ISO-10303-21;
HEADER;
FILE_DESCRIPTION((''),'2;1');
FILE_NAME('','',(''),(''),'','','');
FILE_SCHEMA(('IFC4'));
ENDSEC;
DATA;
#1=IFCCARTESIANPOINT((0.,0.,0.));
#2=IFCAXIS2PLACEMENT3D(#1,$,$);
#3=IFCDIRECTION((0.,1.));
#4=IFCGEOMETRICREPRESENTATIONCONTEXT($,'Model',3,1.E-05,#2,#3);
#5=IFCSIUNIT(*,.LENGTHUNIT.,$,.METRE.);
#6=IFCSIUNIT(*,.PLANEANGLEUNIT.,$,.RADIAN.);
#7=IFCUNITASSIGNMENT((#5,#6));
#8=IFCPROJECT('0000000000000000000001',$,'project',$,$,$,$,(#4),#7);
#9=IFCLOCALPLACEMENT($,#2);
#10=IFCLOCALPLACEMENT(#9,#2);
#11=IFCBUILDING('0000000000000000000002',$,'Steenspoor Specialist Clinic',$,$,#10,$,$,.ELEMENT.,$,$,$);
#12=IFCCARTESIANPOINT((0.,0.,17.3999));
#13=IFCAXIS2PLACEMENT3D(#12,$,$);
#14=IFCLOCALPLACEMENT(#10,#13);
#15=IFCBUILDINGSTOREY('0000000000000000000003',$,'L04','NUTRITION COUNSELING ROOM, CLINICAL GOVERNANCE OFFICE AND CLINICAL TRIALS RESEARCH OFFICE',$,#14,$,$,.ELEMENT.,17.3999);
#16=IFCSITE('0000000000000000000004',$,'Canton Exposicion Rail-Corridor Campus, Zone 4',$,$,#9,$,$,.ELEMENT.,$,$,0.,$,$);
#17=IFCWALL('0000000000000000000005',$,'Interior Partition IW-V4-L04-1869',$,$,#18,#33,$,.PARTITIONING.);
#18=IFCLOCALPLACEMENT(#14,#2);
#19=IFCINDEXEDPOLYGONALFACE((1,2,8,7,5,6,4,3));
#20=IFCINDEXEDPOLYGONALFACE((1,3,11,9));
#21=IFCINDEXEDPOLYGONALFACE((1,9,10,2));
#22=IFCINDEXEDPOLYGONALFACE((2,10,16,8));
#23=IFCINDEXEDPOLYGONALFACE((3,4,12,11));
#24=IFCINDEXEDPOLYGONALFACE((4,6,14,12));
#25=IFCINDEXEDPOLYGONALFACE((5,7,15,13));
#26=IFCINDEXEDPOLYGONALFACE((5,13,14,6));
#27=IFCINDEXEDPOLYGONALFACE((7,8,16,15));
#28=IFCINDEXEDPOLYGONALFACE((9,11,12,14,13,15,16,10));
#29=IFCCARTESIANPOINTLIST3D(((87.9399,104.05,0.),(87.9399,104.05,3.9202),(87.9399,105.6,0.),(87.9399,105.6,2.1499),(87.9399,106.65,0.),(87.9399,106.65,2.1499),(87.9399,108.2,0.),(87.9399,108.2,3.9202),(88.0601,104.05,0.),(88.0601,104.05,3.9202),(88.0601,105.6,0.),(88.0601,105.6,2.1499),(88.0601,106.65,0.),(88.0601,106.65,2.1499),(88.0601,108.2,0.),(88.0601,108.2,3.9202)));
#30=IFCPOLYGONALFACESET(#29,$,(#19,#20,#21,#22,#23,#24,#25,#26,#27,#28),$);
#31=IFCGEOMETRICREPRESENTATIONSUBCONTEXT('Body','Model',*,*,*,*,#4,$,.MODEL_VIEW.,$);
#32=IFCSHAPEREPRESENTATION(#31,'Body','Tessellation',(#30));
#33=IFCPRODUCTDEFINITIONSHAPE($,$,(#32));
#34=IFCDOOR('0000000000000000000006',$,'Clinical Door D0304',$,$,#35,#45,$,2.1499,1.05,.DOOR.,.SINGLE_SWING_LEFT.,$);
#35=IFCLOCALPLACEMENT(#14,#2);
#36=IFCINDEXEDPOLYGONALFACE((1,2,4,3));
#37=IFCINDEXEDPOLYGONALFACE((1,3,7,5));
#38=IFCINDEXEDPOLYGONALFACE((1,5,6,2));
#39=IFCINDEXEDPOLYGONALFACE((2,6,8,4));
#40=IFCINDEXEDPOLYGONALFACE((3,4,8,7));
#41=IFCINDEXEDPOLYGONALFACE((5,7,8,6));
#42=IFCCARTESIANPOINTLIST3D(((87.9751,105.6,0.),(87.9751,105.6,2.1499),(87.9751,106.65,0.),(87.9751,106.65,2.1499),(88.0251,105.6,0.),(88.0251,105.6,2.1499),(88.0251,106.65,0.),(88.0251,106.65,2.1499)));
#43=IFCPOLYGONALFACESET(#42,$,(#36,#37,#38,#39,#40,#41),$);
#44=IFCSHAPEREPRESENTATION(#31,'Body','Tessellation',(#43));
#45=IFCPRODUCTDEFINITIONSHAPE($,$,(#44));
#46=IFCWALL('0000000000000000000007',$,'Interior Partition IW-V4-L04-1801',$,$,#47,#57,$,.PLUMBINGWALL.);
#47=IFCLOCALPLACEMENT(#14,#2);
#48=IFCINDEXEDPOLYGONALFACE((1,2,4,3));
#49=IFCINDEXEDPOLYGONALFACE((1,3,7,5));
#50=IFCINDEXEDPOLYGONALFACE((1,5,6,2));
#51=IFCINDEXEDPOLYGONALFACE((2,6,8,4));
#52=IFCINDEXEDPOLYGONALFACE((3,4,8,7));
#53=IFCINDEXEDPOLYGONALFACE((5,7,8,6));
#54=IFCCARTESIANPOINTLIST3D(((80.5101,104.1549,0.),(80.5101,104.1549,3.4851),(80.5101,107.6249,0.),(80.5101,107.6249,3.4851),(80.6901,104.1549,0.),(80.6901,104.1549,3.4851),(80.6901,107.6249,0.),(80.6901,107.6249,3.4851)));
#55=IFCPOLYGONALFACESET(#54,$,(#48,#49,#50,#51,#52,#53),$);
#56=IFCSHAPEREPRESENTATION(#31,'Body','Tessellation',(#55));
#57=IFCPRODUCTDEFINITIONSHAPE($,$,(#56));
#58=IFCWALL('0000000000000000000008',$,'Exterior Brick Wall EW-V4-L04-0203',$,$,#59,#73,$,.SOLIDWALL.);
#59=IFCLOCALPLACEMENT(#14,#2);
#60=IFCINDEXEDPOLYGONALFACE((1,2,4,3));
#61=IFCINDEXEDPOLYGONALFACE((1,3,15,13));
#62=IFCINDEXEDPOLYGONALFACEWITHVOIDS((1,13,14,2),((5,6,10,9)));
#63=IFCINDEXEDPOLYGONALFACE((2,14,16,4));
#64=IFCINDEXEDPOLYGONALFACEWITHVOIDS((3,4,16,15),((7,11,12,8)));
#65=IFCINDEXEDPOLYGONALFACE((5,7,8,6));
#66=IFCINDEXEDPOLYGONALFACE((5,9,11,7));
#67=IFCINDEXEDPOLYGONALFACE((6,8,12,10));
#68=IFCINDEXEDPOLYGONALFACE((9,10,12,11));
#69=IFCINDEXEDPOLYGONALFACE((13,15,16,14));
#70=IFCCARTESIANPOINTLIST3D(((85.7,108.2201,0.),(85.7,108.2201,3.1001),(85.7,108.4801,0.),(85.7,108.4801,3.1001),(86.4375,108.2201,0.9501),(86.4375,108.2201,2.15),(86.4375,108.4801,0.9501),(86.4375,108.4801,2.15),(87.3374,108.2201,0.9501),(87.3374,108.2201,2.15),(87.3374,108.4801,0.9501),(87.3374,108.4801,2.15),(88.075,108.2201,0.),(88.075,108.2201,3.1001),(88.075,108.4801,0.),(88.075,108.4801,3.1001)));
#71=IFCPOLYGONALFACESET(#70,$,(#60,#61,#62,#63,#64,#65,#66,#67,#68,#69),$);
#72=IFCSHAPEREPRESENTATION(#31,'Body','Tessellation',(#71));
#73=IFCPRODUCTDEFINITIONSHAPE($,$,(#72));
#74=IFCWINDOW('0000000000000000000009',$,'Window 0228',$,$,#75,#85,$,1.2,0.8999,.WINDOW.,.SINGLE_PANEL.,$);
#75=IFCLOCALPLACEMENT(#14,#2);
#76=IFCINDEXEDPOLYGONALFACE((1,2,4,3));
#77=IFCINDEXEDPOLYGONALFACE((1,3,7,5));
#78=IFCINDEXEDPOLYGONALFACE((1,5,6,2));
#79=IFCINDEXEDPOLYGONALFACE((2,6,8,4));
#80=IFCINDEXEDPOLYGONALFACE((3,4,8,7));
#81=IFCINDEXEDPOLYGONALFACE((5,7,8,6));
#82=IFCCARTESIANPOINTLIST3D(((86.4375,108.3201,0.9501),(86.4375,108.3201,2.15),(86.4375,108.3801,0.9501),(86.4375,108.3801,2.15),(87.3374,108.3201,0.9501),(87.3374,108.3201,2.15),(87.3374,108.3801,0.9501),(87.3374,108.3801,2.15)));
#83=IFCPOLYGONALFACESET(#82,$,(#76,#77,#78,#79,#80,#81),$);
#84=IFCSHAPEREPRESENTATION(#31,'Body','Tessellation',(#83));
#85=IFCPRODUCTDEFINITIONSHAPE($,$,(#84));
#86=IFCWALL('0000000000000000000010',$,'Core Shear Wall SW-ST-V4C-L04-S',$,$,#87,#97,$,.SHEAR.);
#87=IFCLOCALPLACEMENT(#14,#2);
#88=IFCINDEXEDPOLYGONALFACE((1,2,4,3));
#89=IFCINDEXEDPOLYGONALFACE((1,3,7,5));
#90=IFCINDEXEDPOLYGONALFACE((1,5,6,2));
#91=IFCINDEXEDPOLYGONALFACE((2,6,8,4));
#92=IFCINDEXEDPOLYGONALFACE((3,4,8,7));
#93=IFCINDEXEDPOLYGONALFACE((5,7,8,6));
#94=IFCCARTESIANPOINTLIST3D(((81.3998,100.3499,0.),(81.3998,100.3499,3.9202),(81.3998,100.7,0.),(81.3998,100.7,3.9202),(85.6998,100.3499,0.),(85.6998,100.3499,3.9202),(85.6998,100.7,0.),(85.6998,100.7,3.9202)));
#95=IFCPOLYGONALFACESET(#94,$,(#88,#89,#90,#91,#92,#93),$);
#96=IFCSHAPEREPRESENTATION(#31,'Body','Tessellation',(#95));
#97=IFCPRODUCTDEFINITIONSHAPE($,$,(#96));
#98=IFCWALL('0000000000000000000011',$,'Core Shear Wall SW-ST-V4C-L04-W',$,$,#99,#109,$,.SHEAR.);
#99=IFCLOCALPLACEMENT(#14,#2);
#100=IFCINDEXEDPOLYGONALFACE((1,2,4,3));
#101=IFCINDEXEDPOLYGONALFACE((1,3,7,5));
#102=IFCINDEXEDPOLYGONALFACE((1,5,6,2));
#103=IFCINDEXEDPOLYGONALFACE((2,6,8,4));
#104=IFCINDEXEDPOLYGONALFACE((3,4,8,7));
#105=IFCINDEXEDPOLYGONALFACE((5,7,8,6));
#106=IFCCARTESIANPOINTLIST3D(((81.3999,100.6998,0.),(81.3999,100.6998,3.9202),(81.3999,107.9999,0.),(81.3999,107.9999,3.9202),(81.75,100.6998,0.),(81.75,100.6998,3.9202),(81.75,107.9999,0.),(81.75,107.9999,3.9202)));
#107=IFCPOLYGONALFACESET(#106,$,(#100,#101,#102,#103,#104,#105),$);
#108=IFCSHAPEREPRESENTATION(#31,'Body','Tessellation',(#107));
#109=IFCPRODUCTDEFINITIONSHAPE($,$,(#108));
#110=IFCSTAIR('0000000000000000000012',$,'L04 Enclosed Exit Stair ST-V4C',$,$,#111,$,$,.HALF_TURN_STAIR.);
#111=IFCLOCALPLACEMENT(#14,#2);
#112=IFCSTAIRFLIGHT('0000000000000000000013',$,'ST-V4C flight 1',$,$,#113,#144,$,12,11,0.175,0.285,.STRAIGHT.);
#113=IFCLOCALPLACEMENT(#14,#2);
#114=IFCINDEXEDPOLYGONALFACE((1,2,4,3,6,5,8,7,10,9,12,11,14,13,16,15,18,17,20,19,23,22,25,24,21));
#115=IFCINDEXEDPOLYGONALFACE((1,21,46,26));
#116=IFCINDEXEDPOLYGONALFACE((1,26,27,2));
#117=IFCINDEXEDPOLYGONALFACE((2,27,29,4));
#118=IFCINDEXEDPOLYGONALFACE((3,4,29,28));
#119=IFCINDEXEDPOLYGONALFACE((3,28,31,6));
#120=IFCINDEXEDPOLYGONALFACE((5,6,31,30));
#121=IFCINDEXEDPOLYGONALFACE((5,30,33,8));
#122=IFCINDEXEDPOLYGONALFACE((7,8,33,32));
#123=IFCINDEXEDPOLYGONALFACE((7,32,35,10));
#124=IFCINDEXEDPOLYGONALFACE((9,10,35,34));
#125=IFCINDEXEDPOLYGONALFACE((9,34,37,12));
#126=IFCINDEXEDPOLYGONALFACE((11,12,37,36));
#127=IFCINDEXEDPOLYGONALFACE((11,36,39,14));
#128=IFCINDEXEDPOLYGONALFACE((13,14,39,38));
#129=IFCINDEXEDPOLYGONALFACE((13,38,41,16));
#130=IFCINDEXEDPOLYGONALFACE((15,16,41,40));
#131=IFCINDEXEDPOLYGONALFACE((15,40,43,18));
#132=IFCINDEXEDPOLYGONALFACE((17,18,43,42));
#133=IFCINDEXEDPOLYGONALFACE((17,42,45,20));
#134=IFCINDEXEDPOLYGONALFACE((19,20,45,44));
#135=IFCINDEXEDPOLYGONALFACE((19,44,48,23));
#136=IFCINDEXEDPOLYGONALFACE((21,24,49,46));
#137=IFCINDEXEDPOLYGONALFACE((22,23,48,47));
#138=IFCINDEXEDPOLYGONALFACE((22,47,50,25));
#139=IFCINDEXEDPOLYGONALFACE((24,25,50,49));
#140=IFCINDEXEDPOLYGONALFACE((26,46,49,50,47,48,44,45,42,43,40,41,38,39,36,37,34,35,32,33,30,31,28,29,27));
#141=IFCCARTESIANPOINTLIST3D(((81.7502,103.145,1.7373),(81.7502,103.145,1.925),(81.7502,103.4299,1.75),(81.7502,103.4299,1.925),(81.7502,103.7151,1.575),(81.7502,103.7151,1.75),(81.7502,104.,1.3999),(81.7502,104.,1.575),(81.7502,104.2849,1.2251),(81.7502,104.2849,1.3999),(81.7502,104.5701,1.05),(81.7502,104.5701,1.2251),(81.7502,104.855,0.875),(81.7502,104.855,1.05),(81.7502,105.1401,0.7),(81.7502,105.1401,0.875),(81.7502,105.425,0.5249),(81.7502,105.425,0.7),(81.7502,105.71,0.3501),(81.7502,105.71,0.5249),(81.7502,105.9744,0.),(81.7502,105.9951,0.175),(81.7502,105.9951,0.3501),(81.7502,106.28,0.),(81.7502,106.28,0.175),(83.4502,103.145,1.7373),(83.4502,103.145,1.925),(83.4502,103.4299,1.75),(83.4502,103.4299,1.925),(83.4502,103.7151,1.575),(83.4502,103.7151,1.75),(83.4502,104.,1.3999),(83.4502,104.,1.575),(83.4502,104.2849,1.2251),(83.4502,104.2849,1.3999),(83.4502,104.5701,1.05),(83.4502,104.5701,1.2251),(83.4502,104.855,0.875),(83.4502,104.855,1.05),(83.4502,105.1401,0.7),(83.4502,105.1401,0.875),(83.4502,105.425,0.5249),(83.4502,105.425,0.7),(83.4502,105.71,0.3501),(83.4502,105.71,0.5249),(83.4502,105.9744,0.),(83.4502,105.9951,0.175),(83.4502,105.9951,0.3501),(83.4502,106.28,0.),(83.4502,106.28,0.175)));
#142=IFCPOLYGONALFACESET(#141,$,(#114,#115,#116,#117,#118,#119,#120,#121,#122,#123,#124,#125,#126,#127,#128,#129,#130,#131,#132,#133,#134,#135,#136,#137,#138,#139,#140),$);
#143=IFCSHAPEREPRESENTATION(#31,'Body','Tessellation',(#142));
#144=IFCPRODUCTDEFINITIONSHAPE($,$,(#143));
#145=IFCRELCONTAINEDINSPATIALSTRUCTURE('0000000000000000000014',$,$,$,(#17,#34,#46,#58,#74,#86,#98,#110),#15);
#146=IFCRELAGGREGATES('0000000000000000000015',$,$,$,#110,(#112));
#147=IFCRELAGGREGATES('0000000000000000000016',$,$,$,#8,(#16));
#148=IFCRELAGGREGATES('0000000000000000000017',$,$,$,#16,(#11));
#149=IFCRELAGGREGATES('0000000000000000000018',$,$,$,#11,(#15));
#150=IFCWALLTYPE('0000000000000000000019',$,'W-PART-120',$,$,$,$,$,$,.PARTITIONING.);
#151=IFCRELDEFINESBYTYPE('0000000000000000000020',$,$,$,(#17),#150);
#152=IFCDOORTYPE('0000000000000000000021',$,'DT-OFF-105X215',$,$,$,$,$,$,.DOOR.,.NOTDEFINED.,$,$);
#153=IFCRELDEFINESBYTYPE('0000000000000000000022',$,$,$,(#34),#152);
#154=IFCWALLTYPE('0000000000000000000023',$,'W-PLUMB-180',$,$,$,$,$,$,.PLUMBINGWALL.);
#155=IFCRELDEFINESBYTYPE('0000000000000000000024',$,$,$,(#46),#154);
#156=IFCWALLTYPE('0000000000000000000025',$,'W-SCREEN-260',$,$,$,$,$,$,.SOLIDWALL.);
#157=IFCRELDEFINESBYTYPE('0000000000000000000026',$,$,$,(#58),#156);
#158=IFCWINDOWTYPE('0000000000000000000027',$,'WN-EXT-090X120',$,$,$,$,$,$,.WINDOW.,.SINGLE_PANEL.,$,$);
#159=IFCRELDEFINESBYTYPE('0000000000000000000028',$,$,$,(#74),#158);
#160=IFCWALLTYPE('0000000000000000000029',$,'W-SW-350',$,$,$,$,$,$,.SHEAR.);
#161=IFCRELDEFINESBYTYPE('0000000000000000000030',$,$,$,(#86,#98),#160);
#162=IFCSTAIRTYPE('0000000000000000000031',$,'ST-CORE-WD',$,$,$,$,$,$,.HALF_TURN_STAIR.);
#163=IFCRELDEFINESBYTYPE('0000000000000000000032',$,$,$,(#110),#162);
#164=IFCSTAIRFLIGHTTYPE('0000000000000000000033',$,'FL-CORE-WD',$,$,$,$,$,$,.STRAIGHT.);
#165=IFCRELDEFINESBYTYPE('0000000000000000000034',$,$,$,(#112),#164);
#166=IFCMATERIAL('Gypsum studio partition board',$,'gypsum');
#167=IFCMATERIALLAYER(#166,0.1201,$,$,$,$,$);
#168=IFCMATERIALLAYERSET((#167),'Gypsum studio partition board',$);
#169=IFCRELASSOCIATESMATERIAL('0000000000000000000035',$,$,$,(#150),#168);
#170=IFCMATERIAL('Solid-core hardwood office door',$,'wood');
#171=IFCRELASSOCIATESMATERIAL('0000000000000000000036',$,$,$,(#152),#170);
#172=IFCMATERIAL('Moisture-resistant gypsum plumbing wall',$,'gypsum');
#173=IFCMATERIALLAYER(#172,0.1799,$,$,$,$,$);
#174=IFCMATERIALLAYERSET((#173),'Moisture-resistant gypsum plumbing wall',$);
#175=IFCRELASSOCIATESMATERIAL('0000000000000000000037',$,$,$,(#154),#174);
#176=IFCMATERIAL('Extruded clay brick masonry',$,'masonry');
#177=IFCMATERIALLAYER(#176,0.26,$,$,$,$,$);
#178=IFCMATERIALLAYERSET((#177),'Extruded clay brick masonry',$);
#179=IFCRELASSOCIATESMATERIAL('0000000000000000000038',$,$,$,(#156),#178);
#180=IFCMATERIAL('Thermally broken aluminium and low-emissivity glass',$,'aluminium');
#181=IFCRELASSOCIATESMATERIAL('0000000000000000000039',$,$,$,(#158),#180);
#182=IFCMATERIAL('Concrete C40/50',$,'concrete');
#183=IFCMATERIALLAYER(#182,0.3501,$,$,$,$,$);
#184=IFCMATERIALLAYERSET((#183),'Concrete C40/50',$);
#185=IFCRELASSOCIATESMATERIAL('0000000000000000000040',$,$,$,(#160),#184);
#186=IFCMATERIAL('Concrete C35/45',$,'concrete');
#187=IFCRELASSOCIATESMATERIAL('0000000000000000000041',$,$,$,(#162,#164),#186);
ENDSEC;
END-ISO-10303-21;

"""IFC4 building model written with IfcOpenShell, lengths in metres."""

from ifc_helpers import new_model, si_unit, direction, frame, frame_2d, origin, place, context, subcontext, project, spatial, polyline, rectangle, outline, extrude, material, layer, layer_set, type_object, element, fill, aggregate, save


model = new_model("IFC4")

# Units and contexts
model_context = context("Model", 3, precision=1e-05, world=origin(), true_north=direction((0.0, 1.0)))
body_context = subcontext(model_context, "Body", "Model", "MODEL_VIEW")
ifc_project = project(units=[si_unit("LENGTHUNIT", "METRE"), si_unit("PLANEANGLEUNIT", "RADIAN")], contexts=[model_context])

# Site, building, storey
site_placement = place(None, origin())
site = spatial("IfcSite", under=ifc_project, at=site_placement, Name="Canton Exposicion Rail-Corridor Campus, Zone 4", CompositionType="ELEMENT", RefElevation=0.0)
building_placement = place(site_placement, origin())
building = spatial("IfcBuilding", under=site, at=building_placement, Name="Steenspoor Specialist Clinic", CompositionType="ELEMENT")
storey_placement = place(building_placement, frame((0.0, 0.0, 17.3999)))
storey = spatial("IfcBuildingStorey", under=building, at=storey_placement, Name="L04", Description="NUTRITION COUNSELING ROOM, CLINICAL GOVERNANCE OFFICE AND CLINICAL TRIALS RESEARCH OFFICE", CompositionType="ELEMENT", Elevation=17.3999)

# Shared definitions
ifc_material_1 = material(Name="Concrete C40/50", Category="concrete")

# Shared definitions
ifc_material_2 = material(Name="Concrete C35/45", Category="concrete")

# Shared definitions
ifc_material_3 = material(Name="Gypsum studio partition board", Category="gypsum")
ifc_layer_1 = layer(ifc_material_3, 0.1201)
ifc_layer_set_1 = layer_set([ifc_layer_1], Name="Gypsum studio partition board")
wall_type_1 = type_object("IfcWallType", Name="W-PART-120", PredefinedType="PARTITIONING", material=ifc_layer_set_1)

# Wall, opening, door
wall_1_placement = place(storey_placement, frame((88.0, 104.05, 0.0), z_axis=(0.0, 0.0, 1.0), x_axis=(0.0, 1.0, 0.0)))
wall_1 = element("IfcWall", 1, at=wall_1_placement, inside=storey, type_object=wall_type_1, Name="Interior Partition IW-V4-L04-1869", PredefinedType="PARTITIONING", context=body_context, shape_type="SweptSolid", body=[
    extrude(rectangle(XDim=4.1499, YDim=0.1201, at=frame_2d((2.075, 0.0))), origin(), (0.0, 0.0, 1.0), 3.9202),
])
opening_1_placement = place(wall_1_placement, frame((1.55, 0.0, 0.0)))
opening_1 = element("IfcOpeningElement", 2, at=opening_1_placement, cuts=wall_1, PredefinedType="OPENING", context=body_context, shape_type="SweptSolid", body=[
    extrude(rectangle(XDim=1.05, YDim=2.1499, at=frame_2d((0.5249, 1.075))), frame((0.0, 0.0701, 0.0), z_axis=(0.0, -1.0, 0.0), x_axis=(1.0, 0.0, 0.0)), (0.0, 0.0, 1.0), 0.1401),
])
ifc_material_4 = material(Name="Solid-core hardwood office door", Category="wood")
door_type_1 = type_object("IfcDoorType", Name="DT-OFF-105X215", OperationType="NOTDEFINED", PredefinedType="DOOR", material=ifc_material_4)
door_1_placement = place(opening_1_placement, origin())
door_1 = element("IfcDoor", 3, at=door_1_placement, inside=storey, type_object=door_type_1, Name="Clinical Door D0304", OperationType="SINGLE_SWING_LEFT", OverallHeight=2.1499, OverallWidth=1.05, PredefinedType="DOOR", context=body_context, shape_type="SweptSolid", body=[
    extrude(rectangle(XDim=1.05, YDim=2.1499, at=frame_2d((0.5249, 1.075))), frame((0.0, 0.0249, 0.0), z_axis=(0.0, -1.0, 0.0), x_axis=(1.0, 0.0, 0.0)), (0.0, 0.0, 1.0), 0.05),
])
fill(opening_1, door_1)

# Wall
ifc_material_5 = material(Name="Moisture-resistant gypsum plumbing wall", Category="gypsum")
ifc_layer_2 = layer(ifc_material_5, 0.1799)
ifc_layer_set_2 = layer_set([ifc_layer_2], Name="Moisture-resistant gypsum plumbing wall")
wall_type_2 = type_object("IfcWallType", Name="W-PLUMB-180", PredefinedType="PLUMBINGWALL", material=ifc_layer_set_2)
wall_2_placement = place(storey_placement, frame((80.6001, 104.155, 0.0), z_axis=(0.0, 0.0, 1.0), x_axis=(0.0, 1.0, 0.0)))
element("IfcWall", 4, at=wall_2_placement, inside=storey, type_object=wall_type_2, Name="Interior Partition IW-V4-L04-1801", PredefinedType="PLUMBINGWALL", context=body_context, shape_type="SweptSolid", body=[
    extrude(rectangle(XDim=3.47, YDim=0.1799, at=frame_2d((1.7349, 0.0))), origin(), (0.0, 0.0, 1.0), 3.4851),
])

# Wall, opening, window
ifc_material_6 = material(Name="Extruded clay brick masonry", Category="masonry")
ifc_layer_3 = layer(ifc_material_6, 0.26)
ifc_layer_set_3 = layer_set([ifc_layer_3], Name="Extruded clay brick masonry")
wall_type_3 = type_object("IfcWallType", Name="W-SCREEN-260", PredefinedType="SOLIDWALL", material=ifc_layer_set_3)
wall_3_placement = place(storey_placement, frame((85.7, 108.3501, 0.0), z_axis=(0.0, 0.0, 1.0), x_axis=(1.0, 0.0, 0.0)))
wall_3 = element("IfcWall", 5, at=wall_3_placement, inside=storey, type_object=wall_type_3, Name="Exterior Brick Wall EW-V4-L04-0203", PredefinedType="SOLIDWALL", context=body_context, shape_type="SweptSolid", body=[
    extrude(rectangle(XDim=2.375, YDim=0.26, at=frame_2d((1.1875, 0.0))), origin(), (0.0, 0.0, 1.0), 3.1001),
])
opening_2_placement = place(wall_3_placement, frame((0.7375, 0.0, 0.95)))
opening_2 = element("IfcOpeningElement", 6, at=opening_2_placement, cuts=wall_3, PredefinedType="OPENING", context=body_context, shape_type="SweptSolid", body=[
    extrude(rectangle(XDim=0.8999, YDim=1.2, at=frame_2d((0.45, 0.6001))), frame((0.0, 0.1401, 0.0), z_axis=(0.0, -1.0, 0.0), x_axis=(1.0, 0.0, 0.0)), (0.0, 0.0, 1.0), 0.28),
])
ifc_material_7 = material(Name="Thermally broken aluminium and low-emissivity glass", Category="aluminium")
window_type = type_object("IfcWindowType", Name="WN-EXT-090X120", PartitioningType="SINGLE_PANEL", PredefinedType="WINDOW", material=ifc_material_7)
window_placement = place(opening_2_placement, origin())
window = element("IfcWindow", 7, at=window_placement, inside=storey, type_object=window_type, Name="Window 0228", OverallHeight=1.2, OverallWidth=0.8999, PartitioningType="SINGLE_PANEL", PredefinedType="WINDOW", context=body_context, shape_type="SweptSolid", body=[
    extrude(rectangle(XDim=0.8999, YDim=1.2, at=frame_2d((0.45, 0.6001))), frame((0.0, 0.03, 0.0), z_axis=(0.0, -1.0, 0.0), x_axis=(1.0, 0.0, 0.0)), (0.0, 0.0, 1.0), 0.0601),
])
fill(opening_2, window)

# Walls
ifc_layer_4 = layer(ifc_material_1, 0.3501)
ifc_layer_set_4 = layer_set([ifc_layer_4], Name="Concrete C40/50")
wall_type_4 = type_object("IfcWallType", Name="W-SW-350", PredefinedType="SHEAR", material=ifc_layer_set_4)
wall_4_placement = place(storey_placement, frame((81.3999, 100.5249, 0.0), z_axis=(0.0, 0.0, 1.0), x_axis=(1.0, 0.0, 0.0)))
element("IfcWall", 8, at=wall_4_placement, inside=storey, type_object=wall_type_4, Name="Core Shear Wall SW-ST-V4C-L04-S", PredefinedType="SHEAR", context=body_context, shape_type="SweptSolid", body=[
    extrude(rectangle(XDim=4.3, YDim=0.3501, at=frame_2d((2.1499, 0.0))), origin(), (0.0, 0.0, 1.0), 3.9202),
])
wall_5_placement = place(storey_placement, frame((81.575, 100.7, 0.0), z_axis=(0.0, 0.0, 1.0), x_axis=(0.0, 1.0, 0.0)))
element("IfcWall", 9, at=wall_5_placement, inside=storey, type_object=wall_type_4, Name="Core Shear Wall SW-ST-V4C-L04-W", PredefinedType="SHEAR", context=body_context, shape_type="SweptSolid", body=[
    extrude(rectangle(XDim=7.3, YDim=0.3501, at=frame_2d((3.6499, 0.0))), origin(), (0.0, 0.0, 1.0), 3.9202),
])

# Stair, stair flight
stair_type = type_object("IfcStairType", Name="ST-CORE-WD", PredefinedType="HALF_TURN_STAIR", material=ifc_material_2)
stair_placement = place(storey_placement, origin())
stair = element("IfcStair", 10, at=stair_placement, inside=storey, type_object=stair_type, Name="L04 Enclosed Exit Stair ST-V4C", PredefinedType="HALF_TURN_STAIR")
stair_flight_type = type_object("IfcStairFlightType", Name="FL-CORE-WD", PredefinedType="STRAIGHT", material=ifc_material_2)
stair_flight_1_placement = place(storey_placement, frame((82.6001, 106.28, 0.0), z_axis=(0.0, 0.0, 1.0), x_axis=(0.0, -1.0, 0.0)))
stair_flight_1 = element("IfcStairFlight", 11, at=stair_flight_1_placement, type_object=stair_flight_type, Name="ST-V4C flight 1", NumberOfRisers=12, NumberOfTreads=11, PredefinedType="STRAIGHT", RiserHeight=0.175, TreadLength=0.285, context=body_context, shape_type="SweptSolid", body=[
    extrude(outline(polyline([(0.0, 0.0), (0.0, 0.175), (0.2849, 0.175), (0.2849, 0.3501), (0.5701, 0.3501), (0.5701, 0.5249), (0.855, 0.5249), (0.855, 0.7), (1.1399, 0.7), (1.1399, 0.875), (1.425, 0.875), (1.425, 1.05), (1.71, 1.05), (1.71, 1.2251), (1.9951, 1.2251), (1.9951, 1.3999), (2.28, 1.3999), (2.28, 1.575), (2.5649, 1.575), (2.5649, 1.75), (2.8501, 1.75), (2.8501, 1.925), (3.135, 1.925), (3.135, 2.1001), (3.135, 1.7373), (0.3057, 0.0), (0.0, 0.0)])), frame((0.0, 0.8501, 0.0), z_axis=(0.0, -1.0, 0.0), x_axis=(1.0, 0.0, 0.0)), (0.0, 0.0, 1.0), 1.7),
])
aggregate(stair, [stair_flight_1])

save(model, "model.ifc")
